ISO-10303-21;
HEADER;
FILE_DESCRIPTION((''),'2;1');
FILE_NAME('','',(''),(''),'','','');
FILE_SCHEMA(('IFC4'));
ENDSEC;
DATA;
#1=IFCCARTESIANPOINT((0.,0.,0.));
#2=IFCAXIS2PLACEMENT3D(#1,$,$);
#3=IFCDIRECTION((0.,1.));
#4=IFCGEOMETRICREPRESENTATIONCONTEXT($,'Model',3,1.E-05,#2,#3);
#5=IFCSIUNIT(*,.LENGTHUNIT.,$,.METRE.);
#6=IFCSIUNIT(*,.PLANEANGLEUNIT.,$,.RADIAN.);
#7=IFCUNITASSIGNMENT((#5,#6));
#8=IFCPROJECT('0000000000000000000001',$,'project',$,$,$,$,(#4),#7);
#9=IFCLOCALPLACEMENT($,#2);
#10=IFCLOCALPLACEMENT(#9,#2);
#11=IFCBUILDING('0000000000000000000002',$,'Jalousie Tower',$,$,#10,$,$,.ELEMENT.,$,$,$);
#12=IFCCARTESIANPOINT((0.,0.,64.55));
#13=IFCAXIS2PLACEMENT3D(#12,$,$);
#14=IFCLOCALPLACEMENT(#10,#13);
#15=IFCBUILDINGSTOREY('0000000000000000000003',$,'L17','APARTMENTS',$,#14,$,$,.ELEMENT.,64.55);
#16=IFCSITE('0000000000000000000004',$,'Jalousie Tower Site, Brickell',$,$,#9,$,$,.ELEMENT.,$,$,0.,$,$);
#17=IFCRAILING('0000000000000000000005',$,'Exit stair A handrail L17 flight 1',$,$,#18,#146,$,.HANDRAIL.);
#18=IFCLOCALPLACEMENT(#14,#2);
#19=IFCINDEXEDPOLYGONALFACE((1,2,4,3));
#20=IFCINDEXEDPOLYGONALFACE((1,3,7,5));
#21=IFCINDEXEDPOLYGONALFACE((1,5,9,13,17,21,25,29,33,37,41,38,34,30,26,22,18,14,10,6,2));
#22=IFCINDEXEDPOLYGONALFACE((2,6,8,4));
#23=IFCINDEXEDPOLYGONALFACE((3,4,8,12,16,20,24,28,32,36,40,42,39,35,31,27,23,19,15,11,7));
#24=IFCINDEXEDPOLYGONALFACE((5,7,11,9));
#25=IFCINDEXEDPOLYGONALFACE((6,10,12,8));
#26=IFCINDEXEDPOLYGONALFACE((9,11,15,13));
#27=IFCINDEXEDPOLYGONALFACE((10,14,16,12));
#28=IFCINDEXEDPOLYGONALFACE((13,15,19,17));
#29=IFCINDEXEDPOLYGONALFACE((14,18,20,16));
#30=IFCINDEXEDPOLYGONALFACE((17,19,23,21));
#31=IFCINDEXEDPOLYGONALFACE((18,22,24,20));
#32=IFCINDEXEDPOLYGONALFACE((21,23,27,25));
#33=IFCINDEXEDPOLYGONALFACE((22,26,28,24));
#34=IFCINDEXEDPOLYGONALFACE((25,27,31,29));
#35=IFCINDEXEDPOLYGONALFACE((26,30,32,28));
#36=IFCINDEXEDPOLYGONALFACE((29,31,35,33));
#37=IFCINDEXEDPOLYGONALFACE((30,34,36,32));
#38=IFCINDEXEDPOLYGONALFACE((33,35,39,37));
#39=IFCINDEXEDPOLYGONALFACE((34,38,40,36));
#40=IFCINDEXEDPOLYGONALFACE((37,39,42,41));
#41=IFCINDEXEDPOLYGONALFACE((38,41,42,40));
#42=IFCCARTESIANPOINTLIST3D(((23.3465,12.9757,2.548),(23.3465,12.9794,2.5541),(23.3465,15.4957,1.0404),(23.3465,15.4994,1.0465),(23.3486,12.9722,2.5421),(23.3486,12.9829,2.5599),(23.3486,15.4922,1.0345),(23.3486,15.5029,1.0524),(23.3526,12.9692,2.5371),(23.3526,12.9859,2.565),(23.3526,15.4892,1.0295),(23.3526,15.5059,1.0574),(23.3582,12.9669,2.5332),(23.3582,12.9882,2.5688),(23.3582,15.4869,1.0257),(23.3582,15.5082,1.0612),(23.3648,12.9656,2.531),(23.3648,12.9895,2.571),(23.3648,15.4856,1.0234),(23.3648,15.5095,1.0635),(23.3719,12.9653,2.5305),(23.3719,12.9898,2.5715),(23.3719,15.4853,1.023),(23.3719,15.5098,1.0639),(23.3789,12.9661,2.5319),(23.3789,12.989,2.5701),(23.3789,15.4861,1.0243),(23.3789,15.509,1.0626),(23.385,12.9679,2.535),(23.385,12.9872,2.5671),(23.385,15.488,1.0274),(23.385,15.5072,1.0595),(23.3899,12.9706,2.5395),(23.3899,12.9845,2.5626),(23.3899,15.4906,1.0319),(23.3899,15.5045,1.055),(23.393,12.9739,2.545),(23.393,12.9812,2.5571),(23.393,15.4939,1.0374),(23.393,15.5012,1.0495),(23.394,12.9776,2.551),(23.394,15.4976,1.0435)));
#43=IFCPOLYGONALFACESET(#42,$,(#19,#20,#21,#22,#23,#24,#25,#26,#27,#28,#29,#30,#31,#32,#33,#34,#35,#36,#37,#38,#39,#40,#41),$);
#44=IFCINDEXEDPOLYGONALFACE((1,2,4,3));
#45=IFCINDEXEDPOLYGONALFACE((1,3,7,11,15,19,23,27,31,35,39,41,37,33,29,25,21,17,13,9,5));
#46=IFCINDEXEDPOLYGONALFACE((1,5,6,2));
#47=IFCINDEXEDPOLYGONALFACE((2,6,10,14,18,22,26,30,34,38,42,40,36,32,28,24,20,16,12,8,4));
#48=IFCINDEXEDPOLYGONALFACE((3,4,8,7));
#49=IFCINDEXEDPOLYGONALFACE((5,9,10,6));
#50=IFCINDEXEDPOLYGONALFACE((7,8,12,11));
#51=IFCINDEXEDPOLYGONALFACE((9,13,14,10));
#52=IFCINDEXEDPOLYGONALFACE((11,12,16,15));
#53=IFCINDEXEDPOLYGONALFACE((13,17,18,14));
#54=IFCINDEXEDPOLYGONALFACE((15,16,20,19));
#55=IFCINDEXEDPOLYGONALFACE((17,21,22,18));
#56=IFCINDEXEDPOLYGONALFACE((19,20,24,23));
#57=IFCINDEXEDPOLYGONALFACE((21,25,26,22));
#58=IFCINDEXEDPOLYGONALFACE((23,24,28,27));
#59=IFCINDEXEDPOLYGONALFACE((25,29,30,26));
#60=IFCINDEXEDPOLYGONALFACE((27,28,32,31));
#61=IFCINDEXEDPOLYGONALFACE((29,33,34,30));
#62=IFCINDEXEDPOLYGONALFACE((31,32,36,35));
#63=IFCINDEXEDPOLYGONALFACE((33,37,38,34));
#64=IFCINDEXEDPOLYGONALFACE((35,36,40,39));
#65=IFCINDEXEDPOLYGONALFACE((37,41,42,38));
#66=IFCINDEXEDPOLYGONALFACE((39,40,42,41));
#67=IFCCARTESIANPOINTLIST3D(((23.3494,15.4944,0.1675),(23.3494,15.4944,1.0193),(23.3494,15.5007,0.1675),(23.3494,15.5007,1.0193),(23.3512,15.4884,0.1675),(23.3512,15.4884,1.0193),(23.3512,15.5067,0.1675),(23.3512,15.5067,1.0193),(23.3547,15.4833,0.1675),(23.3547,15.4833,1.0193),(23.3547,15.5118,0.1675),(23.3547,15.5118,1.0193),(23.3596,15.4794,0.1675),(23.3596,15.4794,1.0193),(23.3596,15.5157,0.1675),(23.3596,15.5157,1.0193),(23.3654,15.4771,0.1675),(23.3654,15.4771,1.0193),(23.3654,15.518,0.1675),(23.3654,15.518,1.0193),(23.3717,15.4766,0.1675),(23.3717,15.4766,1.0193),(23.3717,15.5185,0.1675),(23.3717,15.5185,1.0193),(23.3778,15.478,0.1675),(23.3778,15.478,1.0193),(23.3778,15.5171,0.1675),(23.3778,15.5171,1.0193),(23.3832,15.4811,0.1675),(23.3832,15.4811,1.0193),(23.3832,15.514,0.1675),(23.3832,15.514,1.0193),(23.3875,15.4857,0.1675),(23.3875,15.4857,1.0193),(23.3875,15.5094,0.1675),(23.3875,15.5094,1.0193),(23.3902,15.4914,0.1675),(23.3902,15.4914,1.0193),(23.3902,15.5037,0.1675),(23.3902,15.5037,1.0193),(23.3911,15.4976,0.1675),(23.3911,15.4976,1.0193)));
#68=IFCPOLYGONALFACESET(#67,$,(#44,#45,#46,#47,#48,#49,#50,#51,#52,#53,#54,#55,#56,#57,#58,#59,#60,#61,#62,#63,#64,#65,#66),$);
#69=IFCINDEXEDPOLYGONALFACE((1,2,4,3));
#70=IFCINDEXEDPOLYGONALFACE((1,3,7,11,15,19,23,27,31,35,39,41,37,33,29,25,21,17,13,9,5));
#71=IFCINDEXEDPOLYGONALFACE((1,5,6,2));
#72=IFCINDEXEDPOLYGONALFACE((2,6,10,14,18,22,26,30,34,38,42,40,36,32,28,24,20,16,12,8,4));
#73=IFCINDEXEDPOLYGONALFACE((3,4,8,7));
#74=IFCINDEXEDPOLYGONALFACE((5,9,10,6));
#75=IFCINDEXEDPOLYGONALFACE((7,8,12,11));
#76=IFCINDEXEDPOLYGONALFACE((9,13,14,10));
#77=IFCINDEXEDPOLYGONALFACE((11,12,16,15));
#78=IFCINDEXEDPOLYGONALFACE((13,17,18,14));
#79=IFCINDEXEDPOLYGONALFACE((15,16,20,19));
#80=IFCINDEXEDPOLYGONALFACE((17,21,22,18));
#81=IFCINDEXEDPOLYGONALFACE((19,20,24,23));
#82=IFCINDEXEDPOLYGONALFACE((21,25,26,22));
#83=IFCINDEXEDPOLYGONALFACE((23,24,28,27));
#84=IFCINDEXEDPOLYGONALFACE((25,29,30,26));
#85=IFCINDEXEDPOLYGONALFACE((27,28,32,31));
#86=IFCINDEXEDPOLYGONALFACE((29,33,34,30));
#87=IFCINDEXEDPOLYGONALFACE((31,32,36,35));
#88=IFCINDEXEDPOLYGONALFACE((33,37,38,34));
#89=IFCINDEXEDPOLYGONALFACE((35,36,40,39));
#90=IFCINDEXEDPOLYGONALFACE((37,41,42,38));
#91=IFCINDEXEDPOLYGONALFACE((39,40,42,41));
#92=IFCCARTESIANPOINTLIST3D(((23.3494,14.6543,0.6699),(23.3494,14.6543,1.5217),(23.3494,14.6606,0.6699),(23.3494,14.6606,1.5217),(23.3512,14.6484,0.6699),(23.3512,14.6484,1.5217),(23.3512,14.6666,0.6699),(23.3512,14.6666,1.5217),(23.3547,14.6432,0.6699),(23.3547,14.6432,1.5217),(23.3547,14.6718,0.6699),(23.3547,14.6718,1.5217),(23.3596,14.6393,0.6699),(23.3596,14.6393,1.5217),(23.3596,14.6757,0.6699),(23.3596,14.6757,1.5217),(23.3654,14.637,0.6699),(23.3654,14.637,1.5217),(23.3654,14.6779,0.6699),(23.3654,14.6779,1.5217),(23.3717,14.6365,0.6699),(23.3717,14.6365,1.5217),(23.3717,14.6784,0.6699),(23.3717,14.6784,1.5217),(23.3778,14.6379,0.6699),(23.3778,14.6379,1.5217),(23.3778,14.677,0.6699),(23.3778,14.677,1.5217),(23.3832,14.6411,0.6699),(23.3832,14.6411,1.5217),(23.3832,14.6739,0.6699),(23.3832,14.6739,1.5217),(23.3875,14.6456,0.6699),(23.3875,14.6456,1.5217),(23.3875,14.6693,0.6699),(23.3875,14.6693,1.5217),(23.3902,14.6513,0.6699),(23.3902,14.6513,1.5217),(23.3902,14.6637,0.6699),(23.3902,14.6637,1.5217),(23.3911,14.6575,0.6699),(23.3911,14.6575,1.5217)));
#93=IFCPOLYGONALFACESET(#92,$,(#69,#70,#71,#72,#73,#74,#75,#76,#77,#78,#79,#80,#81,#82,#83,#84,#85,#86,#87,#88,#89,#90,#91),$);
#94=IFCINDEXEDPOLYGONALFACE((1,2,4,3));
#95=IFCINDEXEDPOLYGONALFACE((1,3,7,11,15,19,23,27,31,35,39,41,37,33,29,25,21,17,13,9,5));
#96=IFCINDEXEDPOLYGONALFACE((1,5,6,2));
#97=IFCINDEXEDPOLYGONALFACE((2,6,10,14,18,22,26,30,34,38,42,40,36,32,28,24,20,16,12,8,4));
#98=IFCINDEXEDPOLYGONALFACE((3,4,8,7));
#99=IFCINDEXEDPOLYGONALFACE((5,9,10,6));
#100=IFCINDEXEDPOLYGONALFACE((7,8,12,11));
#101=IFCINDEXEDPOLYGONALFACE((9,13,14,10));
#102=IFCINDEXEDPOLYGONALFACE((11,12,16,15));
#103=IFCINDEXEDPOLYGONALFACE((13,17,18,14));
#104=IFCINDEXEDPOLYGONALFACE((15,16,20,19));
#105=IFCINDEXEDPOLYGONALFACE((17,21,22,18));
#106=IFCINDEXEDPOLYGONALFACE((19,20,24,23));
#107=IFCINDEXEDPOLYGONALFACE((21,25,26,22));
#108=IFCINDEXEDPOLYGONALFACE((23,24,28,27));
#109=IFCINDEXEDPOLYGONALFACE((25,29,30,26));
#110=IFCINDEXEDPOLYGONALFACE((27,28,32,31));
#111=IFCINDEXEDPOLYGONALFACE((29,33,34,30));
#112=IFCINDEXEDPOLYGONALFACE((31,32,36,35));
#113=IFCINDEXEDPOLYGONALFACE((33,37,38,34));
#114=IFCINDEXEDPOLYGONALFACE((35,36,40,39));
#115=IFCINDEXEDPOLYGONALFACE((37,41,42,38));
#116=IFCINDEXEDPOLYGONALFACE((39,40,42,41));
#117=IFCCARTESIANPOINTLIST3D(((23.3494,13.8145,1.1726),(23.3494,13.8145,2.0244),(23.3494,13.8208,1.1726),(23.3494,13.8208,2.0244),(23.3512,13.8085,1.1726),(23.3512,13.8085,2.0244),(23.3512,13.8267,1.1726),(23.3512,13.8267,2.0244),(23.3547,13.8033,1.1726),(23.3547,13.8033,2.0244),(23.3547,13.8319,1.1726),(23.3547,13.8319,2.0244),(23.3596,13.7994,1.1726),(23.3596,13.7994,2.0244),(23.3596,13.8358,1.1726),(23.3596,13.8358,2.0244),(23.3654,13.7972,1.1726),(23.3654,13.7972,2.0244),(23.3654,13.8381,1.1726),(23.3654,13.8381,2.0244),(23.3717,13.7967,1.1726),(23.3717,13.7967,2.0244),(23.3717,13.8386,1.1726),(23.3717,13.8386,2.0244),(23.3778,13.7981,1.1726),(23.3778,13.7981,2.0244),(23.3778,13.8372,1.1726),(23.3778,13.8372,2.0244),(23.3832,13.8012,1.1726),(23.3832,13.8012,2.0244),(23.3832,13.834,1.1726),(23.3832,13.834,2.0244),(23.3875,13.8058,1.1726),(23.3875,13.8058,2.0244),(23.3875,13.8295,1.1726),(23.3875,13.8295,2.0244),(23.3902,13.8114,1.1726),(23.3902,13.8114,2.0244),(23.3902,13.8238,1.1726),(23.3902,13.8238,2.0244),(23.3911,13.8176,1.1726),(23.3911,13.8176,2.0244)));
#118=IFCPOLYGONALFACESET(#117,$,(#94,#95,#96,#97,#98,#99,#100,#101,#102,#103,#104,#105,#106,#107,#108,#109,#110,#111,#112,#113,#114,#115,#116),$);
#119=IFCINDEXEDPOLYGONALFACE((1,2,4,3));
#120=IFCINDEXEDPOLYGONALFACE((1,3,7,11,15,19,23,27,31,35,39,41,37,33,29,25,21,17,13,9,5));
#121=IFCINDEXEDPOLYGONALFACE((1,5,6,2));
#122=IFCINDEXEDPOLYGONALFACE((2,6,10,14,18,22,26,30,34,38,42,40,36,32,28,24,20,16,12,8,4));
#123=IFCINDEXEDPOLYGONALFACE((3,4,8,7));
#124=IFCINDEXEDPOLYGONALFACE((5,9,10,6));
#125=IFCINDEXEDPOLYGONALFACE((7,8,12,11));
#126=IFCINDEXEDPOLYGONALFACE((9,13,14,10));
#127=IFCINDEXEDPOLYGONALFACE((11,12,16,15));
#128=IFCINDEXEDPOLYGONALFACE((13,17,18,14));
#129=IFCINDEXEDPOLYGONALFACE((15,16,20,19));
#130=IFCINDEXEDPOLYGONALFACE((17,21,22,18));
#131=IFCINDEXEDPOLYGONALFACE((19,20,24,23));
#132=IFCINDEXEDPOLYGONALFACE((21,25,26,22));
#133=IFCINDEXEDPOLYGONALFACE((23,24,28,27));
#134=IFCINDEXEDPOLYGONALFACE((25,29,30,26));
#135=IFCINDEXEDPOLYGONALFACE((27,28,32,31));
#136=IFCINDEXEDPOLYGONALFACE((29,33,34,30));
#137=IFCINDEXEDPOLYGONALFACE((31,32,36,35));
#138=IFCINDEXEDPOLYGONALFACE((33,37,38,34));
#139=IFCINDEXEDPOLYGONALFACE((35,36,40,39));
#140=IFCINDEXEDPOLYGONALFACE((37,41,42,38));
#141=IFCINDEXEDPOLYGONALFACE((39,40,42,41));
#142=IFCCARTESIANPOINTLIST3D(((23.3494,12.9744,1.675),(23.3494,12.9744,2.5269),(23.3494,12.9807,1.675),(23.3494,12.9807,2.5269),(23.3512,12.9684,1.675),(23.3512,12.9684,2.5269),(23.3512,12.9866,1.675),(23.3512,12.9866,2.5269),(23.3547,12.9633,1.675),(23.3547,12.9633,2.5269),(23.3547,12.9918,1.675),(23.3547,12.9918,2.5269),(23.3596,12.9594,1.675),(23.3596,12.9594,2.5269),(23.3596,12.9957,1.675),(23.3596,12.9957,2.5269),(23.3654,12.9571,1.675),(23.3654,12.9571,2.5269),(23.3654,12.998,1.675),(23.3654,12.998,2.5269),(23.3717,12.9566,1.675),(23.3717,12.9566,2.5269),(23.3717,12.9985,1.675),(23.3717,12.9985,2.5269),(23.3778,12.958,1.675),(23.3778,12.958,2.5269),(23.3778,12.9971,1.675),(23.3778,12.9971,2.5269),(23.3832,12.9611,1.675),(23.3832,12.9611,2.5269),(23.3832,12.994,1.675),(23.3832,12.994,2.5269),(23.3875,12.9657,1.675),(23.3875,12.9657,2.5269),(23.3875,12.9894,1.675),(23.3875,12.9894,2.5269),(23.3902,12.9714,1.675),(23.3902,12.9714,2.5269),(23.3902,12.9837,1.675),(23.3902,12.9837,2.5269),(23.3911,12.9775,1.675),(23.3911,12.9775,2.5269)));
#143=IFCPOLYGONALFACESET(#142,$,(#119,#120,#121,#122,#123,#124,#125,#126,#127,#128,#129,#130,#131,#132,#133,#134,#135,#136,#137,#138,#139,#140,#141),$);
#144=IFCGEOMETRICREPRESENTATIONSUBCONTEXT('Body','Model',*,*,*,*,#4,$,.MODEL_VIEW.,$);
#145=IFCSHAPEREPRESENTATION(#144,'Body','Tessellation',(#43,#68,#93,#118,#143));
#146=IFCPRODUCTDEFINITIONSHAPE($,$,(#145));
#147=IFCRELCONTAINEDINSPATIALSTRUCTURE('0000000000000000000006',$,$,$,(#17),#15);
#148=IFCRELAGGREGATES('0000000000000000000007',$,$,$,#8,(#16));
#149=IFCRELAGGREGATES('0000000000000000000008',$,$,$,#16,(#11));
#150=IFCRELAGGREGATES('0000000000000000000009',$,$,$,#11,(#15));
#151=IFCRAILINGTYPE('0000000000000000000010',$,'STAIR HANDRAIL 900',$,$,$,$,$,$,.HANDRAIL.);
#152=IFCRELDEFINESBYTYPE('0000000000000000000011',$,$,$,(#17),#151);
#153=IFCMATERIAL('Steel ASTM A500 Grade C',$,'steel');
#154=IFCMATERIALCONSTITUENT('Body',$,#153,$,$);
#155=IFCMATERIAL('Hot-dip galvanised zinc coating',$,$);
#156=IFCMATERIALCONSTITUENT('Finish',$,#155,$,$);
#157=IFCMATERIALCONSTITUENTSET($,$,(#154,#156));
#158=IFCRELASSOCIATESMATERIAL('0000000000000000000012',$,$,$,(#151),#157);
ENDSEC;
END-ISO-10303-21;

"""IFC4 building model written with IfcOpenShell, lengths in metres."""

from ifc_helpers import new_model, si_unit, direction, frame, origin, origin_2d, place, context, subcontext, project, spatial, circle, extrude, material, constituent, constituent_set, type_object, element, save


model = new_model("IFC4")

# Units and contexts
model_context = context("Model", 3, precision=1e-05, world=origin(), true_north=direction((0.0, 1.0)))
body_context = subcontext(model_context, "Body", "Model", "MODEL_VIEW")
ifc_project = project(units=[si_unit("LENGTHUNIT", "METRE"), si_unit("PLANEANGLEUNIT", "RADIAN")], contexts=[model_context])

# Site, building, storey
site_placement = place(None, origin())
site = spatial("IfcSite", under=ifc_project, at=site_placement, Name="Jalousie Tower Site, Brickell", CompositionType="ELEMENT", RefElevation=0.0)
building_placement = place(site_placement, origin())
building = spatial("IfcBuilding", under=site, at=building_placement, Name="Jalousie Tower", CompositionType="ELEMENT")
storey_placement = place(building_placement, frame((0.0, 0.0, 64.55)))
storey = spatial("IfcBuildingStorey", under=building, at=storey_placement, Name="L17", Description="APARTMENTS", CompositionType="ELEMENT", Elevation=64.55)

# Railing
ifc_material_1 = material(Name="Steel ASTM A500 Grade C", Category="steel")
ifc_constituent_1 = constituent(ifc_material_1, Name="Body")
ifc_material_2 = material(Name="Hot-dip galvanised zinc coating")
ifc_constituent_2 = constituent(ifc_material_2, Name="Finish")
ifc_constituent_set_1 = constituent_set(constituents=[ifc_constituent_1, ifc_constituent_2])
railing_type_1 = type_object("IfcRailingType", Name="STAIR HANDRAIL 900", PredefinedType="HANDRAIL", material=ifc_constituent_set_1)
railing_1_placement = place(storey_placement, frame((23.3701, 15.4976, 0.1675)))
element("IfcRailing", 1, at=railing_1_placement, inside=storey, type_object=railing_type_1, Name="Exit stair A handrail L17 flight 1", PredefinedType="HANDRAIL", context=body_context, shape_type="SweptSolid", body=[
    extrude(circle(Radius=0.0239, at=origin_2d()), frame((0.0, 0.0, 0.876), z_axis=(0.0, -0.85816, 0.513383), x_axis=(1.0, 0.0, 0.0)), (0.0, 0.0, 1.0), 2.9365),
    extrude(circle(Radius=0.021, at=origin_2d()), origin(), (0.0, 0.0, 1.0), 0.8518),
    extrude(circle(Radius=0.021, at=origin_2d()), frame((0.0, -0.8401, 0.5024)), (0.0, 0.0, 1.0), 0.8518),
    extrude(circle(Radius=0.021, at=origin_2d()), frame((0.0, -1.6799, 1.0051)), (0.0, 0.0, 1.0), 0.8518),
    extrude(circle(Radius=0.021, at=origin_2d()), frame((0.0, -2.52, 1.5076)), (0.0, 0.0, 1.0), 0.8518),
])

save(model, "model.ifc")
